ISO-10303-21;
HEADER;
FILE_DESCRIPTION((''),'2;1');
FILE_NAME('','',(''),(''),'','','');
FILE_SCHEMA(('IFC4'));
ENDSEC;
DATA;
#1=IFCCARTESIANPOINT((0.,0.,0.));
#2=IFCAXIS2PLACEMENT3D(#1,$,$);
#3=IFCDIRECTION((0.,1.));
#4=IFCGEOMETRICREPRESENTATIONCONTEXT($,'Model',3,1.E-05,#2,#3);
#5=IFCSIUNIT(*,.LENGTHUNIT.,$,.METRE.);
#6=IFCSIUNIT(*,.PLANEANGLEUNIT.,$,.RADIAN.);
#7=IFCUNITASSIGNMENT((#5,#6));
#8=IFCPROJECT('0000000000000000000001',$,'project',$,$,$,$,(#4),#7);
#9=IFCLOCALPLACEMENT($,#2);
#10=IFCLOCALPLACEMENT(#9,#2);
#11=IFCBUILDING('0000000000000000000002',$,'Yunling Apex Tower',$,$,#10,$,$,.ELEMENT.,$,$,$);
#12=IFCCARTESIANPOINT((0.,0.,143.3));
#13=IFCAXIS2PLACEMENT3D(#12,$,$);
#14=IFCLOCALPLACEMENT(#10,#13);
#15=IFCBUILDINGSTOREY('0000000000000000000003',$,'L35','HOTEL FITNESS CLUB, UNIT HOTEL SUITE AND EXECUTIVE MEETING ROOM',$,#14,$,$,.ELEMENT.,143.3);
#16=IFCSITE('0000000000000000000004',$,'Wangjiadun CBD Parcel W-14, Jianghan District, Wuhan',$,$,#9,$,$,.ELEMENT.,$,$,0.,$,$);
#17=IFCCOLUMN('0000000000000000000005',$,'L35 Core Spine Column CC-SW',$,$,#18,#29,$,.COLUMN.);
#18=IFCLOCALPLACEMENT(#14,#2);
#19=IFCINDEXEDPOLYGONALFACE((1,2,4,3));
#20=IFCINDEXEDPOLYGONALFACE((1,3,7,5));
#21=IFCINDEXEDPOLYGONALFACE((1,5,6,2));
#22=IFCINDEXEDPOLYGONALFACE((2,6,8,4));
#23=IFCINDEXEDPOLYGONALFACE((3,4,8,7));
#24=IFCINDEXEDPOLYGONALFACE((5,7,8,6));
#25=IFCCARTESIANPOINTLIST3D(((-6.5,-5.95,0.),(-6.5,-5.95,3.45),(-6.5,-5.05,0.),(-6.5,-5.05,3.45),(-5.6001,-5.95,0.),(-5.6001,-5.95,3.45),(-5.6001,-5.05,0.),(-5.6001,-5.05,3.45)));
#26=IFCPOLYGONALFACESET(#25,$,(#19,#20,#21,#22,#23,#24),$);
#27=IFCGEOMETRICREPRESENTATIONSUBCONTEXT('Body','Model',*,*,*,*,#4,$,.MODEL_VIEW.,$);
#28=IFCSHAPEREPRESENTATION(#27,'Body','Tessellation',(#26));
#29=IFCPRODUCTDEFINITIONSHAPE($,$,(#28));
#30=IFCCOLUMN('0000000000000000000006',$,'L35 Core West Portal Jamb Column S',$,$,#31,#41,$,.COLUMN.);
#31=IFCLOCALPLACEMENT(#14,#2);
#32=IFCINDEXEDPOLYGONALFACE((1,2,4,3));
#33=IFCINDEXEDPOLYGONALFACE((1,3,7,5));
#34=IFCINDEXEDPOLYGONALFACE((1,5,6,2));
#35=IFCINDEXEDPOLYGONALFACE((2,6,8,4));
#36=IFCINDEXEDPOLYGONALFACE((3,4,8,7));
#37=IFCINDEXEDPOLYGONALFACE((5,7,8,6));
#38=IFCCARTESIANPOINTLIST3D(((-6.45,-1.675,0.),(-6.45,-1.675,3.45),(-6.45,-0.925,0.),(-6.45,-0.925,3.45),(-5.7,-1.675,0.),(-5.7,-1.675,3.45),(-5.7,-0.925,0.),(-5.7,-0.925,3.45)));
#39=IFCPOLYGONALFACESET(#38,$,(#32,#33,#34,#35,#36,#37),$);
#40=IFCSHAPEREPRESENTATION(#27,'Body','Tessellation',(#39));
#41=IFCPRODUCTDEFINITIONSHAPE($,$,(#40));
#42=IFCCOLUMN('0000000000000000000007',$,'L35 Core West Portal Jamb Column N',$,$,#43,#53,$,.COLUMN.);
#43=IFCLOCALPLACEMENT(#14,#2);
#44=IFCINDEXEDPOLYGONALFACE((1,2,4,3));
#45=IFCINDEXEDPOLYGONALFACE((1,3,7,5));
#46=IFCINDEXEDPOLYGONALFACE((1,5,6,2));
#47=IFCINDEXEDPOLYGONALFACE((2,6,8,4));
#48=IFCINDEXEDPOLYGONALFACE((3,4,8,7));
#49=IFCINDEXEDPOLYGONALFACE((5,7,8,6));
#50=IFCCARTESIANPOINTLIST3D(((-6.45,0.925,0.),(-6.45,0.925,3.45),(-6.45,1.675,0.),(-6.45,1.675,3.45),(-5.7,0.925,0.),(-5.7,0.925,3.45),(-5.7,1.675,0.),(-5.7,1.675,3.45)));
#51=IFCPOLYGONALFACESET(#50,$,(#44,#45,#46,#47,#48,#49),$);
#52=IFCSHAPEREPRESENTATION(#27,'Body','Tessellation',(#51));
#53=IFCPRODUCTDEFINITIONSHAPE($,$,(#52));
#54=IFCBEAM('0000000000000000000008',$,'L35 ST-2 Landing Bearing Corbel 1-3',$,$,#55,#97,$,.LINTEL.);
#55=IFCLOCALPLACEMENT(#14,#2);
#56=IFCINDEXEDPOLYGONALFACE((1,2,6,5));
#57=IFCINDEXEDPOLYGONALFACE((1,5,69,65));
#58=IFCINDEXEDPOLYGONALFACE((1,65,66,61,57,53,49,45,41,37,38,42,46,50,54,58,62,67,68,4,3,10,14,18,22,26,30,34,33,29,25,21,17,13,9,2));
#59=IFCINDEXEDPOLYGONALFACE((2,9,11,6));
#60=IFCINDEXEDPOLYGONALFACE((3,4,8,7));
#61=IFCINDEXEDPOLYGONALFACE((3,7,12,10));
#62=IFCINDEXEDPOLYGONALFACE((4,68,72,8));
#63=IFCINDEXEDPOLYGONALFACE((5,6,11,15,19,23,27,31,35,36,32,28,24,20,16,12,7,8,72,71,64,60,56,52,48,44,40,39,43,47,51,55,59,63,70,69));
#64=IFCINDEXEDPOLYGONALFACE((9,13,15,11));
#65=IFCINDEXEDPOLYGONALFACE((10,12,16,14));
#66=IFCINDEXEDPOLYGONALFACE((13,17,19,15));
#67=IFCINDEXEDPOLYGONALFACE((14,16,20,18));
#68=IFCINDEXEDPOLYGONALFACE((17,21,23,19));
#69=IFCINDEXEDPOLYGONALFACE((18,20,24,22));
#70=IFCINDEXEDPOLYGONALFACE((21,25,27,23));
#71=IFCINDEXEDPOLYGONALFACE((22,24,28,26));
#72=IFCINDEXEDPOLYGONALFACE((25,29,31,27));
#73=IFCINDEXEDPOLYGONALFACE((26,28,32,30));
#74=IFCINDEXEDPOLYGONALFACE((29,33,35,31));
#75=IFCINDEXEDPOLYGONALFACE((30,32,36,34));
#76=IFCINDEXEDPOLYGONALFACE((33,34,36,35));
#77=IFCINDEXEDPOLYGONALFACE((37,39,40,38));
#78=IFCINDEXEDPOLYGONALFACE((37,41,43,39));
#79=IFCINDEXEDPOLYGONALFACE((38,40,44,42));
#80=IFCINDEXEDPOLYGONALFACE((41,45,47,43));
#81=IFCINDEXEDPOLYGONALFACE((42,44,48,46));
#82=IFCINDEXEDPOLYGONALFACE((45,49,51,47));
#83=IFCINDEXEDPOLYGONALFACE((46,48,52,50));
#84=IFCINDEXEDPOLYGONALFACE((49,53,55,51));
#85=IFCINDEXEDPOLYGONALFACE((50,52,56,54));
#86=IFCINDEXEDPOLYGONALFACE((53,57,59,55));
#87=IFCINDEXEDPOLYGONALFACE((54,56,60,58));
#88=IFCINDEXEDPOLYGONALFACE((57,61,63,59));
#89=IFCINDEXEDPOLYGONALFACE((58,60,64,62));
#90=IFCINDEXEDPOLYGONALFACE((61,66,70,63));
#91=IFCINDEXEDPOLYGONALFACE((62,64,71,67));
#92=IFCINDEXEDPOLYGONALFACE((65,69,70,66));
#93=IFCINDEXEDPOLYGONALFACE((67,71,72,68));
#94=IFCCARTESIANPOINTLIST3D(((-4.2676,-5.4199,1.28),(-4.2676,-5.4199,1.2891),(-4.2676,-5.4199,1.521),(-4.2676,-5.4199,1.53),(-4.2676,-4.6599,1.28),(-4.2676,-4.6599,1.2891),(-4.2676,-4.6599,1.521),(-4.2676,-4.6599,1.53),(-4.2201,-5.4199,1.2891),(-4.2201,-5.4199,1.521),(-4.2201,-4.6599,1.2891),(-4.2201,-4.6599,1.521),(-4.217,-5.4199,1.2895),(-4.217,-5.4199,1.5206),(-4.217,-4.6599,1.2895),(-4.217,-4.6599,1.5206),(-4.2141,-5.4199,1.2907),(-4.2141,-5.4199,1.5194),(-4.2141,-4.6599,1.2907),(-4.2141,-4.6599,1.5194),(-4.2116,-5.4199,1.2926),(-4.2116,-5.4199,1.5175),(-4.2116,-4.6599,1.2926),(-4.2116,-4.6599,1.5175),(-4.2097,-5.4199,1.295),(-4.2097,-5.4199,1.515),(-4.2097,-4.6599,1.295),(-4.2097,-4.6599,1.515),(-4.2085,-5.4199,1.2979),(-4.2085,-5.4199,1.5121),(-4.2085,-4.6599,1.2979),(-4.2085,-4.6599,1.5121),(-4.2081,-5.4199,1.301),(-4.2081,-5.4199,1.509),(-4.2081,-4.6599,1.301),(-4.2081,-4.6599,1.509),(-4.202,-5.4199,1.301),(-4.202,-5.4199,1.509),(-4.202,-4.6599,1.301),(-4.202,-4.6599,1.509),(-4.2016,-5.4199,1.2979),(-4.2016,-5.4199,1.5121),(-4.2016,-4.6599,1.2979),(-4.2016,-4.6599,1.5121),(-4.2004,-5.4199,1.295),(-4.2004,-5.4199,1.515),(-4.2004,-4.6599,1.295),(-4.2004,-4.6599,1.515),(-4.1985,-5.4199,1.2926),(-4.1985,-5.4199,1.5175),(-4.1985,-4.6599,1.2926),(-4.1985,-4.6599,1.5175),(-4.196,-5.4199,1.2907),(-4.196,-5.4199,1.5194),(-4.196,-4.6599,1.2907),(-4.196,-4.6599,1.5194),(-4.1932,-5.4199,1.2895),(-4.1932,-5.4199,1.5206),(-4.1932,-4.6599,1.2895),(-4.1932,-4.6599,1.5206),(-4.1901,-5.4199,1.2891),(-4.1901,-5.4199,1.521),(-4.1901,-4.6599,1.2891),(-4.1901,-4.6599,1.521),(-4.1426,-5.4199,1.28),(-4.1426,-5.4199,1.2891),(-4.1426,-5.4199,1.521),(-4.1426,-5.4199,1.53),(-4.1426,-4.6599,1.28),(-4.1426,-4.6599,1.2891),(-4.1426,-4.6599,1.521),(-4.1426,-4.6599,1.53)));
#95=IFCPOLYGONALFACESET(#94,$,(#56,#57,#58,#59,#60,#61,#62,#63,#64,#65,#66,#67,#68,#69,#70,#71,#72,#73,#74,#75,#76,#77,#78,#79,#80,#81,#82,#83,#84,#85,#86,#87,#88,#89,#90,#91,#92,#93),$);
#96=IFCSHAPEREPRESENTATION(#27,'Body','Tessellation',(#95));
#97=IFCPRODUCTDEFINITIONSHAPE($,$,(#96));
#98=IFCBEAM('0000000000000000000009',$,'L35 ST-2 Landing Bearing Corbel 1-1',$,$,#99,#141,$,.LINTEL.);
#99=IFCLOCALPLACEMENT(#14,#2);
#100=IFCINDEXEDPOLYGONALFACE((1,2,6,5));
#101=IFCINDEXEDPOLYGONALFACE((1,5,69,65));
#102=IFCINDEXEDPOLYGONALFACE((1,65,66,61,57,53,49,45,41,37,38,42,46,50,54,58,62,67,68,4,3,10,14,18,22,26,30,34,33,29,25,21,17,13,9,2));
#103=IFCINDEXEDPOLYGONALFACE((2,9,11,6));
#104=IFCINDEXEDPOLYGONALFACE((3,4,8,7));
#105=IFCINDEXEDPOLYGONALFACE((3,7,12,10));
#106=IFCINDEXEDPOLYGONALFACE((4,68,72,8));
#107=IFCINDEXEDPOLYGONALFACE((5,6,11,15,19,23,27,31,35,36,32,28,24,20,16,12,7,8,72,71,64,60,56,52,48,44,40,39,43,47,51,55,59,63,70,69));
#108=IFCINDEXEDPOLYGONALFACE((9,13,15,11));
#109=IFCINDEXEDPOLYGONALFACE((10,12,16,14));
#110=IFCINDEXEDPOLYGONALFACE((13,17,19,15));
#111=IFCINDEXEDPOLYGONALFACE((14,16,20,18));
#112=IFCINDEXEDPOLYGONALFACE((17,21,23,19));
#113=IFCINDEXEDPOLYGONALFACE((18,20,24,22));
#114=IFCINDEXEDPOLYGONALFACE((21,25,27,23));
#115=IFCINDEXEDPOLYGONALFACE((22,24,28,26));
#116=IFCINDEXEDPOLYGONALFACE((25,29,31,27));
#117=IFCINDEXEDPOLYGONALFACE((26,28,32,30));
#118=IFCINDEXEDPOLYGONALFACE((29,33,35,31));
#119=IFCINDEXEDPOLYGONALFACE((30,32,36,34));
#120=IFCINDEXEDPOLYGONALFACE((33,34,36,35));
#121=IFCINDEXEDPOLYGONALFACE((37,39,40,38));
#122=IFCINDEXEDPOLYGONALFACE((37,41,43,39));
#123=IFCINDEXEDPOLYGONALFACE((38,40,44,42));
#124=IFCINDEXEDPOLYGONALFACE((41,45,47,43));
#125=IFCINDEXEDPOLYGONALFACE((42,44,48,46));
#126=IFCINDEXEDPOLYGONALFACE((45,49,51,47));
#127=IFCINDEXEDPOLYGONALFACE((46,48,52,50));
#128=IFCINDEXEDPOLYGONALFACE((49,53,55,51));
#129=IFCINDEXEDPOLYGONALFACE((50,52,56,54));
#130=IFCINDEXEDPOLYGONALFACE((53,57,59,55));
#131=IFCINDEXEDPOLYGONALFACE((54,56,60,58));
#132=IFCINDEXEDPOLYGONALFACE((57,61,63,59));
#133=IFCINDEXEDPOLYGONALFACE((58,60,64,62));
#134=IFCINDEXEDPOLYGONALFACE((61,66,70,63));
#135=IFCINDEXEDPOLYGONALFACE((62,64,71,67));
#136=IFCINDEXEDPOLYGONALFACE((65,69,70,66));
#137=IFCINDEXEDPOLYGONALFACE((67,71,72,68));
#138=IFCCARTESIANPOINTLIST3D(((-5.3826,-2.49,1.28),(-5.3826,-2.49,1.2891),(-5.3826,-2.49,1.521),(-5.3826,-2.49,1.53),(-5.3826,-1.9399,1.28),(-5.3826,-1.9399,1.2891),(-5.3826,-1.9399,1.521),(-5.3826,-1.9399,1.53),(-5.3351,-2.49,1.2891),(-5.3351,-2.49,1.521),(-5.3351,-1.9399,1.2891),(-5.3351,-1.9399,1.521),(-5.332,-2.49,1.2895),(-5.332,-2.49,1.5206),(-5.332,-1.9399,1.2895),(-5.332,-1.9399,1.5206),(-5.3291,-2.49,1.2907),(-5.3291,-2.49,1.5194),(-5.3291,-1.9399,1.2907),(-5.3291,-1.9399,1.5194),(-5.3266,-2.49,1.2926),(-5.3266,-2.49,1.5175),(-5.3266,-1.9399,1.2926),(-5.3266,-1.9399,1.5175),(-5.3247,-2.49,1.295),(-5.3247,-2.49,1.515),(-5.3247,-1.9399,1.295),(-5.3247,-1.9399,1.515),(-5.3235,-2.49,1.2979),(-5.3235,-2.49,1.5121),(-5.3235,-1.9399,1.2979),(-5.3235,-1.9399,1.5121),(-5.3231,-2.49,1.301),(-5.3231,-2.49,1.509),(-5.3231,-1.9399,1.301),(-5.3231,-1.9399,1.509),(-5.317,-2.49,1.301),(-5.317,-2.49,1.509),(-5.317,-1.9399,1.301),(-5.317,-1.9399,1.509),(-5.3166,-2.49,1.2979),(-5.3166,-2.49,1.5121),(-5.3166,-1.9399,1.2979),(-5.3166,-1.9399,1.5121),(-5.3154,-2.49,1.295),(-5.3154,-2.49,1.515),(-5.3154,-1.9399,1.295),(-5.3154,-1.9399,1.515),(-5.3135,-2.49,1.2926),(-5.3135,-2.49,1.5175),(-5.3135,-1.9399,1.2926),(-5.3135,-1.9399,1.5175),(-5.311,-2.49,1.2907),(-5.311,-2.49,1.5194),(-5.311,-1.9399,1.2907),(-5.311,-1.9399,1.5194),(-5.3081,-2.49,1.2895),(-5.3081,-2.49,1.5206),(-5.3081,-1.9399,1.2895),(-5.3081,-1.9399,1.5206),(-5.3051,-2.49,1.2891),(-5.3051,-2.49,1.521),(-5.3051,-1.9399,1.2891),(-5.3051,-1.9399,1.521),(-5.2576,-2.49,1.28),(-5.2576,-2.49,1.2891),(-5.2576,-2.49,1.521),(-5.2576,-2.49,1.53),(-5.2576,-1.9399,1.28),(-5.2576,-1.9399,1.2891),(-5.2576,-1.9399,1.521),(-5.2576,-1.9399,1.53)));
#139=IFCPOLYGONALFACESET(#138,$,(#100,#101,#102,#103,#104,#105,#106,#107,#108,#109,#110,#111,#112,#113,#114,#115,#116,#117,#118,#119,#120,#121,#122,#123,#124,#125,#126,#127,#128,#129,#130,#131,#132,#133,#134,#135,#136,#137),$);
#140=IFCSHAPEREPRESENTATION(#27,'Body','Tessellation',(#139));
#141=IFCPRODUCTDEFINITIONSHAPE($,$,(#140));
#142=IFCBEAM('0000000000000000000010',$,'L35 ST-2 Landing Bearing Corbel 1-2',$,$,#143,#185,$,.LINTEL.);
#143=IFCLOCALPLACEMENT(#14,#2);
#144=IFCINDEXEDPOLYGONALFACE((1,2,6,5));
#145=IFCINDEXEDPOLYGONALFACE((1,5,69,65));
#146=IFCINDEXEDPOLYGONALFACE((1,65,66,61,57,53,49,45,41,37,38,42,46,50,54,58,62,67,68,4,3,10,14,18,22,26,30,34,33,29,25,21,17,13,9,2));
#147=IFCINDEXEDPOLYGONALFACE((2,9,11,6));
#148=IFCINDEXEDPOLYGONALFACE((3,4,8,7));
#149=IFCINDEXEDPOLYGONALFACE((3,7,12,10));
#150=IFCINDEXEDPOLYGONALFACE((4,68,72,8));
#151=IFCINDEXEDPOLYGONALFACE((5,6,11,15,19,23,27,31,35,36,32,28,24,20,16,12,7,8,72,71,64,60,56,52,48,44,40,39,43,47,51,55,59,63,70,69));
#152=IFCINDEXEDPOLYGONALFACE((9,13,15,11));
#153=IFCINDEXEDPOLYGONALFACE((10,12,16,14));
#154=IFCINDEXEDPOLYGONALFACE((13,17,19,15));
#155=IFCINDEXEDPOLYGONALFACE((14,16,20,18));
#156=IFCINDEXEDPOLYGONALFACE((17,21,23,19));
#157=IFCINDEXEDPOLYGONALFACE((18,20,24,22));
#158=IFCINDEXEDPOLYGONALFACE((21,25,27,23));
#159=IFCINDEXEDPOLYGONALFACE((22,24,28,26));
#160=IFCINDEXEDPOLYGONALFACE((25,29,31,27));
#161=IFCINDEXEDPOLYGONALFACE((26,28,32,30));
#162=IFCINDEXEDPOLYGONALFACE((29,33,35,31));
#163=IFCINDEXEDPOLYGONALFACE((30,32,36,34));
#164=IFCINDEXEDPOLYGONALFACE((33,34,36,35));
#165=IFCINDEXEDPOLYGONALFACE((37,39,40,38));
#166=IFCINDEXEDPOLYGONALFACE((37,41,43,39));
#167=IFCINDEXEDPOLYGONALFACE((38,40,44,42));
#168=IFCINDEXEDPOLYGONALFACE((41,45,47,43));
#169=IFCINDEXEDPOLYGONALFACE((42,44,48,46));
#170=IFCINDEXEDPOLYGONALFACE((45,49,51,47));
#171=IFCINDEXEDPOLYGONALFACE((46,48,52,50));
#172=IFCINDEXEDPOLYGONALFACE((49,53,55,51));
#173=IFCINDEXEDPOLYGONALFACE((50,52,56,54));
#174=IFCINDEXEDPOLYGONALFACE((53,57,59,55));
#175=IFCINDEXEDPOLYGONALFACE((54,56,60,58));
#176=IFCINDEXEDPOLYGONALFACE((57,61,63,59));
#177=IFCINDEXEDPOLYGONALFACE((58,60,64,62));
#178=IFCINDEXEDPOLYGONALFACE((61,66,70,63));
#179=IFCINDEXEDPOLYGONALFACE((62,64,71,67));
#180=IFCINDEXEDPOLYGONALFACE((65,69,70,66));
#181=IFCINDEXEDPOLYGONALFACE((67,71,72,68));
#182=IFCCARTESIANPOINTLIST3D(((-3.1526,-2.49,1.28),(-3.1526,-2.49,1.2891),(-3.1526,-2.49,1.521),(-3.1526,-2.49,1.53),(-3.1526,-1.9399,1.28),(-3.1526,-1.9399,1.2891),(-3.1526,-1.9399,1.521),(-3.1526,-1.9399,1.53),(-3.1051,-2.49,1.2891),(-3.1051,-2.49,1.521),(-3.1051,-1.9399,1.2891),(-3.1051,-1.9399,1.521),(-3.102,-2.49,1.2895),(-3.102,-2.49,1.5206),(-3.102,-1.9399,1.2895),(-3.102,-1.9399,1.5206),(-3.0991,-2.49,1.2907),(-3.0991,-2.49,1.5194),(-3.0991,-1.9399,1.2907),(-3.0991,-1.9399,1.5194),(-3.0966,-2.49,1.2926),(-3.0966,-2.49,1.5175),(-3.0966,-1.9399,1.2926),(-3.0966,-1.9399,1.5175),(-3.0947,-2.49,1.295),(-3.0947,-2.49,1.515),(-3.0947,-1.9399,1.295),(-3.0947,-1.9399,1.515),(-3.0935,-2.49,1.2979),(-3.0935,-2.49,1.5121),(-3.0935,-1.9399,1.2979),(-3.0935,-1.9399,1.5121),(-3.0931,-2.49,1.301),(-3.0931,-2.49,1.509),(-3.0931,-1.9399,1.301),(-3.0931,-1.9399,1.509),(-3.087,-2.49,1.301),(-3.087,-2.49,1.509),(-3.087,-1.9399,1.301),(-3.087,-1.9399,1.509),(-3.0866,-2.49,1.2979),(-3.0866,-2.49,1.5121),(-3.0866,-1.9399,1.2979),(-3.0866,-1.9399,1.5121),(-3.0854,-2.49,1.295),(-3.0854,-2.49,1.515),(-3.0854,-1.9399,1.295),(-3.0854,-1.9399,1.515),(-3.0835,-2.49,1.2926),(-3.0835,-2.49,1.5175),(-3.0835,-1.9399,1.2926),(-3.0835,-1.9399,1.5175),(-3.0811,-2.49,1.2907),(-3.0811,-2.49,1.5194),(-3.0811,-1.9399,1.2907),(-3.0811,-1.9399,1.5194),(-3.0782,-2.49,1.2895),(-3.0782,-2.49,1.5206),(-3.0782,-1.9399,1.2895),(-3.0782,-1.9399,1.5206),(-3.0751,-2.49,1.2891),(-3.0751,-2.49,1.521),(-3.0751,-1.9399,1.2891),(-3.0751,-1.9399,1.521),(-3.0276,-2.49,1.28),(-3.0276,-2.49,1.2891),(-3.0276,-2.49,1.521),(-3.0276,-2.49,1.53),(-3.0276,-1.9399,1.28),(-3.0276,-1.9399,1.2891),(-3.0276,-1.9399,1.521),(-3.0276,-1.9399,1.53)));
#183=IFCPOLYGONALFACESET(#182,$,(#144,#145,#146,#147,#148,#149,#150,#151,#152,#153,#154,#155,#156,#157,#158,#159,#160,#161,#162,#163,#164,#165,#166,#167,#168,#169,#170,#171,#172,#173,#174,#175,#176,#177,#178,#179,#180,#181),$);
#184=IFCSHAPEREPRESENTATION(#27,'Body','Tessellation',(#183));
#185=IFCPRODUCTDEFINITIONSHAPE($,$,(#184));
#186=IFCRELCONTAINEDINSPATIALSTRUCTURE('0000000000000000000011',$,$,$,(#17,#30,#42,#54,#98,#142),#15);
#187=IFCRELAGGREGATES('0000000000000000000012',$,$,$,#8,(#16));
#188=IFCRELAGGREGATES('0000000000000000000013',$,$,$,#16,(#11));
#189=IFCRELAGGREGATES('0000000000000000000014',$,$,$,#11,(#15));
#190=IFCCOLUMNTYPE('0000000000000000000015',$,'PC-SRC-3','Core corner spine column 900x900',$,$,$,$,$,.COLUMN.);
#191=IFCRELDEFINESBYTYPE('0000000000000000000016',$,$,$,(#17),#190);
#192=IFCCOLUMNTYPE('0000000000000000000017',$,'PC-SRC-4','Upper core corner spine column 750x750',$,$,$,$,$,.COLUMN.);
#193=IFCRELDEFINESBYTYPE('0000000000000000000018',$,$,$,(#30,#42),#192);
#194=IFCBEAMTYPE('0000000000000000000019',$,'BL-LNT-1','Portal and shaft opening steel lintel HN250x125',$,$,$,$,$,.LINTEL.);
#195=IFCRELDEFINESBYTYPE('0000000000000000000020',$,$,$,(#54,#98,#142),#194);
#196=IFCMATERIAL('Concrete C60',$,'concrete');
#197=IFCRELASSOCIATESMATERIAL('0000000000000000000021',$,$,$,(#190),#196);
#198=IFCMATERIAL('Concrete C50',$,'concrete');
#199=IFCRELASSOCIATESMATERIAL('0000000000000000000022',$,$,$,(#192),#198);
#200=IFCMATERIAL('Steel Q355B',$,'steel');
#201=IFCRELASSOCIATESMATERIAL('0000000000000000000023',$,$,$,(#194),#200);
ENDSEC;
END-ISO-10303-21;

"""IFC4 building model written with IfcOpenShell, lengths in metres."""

from ifc_helpers import new_model, si_unit, direction, frame, origin, origin_2d, place, context, subcontext, project, spatial, rectangle, i_section, extrude, source, transform, mapped, material, material_profile, profile_set, type_object, element, save


model = new_model("IFC4")

# Units and contexts
model_context = context("Model", 3, precision=1e-05, world=origin(), true_north=direction((0.0, 1.0)))
body_context = subcontext(model_context, "Body", "Model", "MODEL_VIEW")
ifc_project = project(units=[si_unit("LENGTHUNIT", "METRE"), si_unit("PLANEANGLEUNIT", "RADIAN")], contexts=[model_context])

# Site, building, storey
site_placement = place(None, origin())
site = spatial("IfcSite", under=ifc_project, at=site_placement, Name="Wangjiadun CBD Parcel W-14, Jianghan District, Wuhan", CompositionType="ELEMENT", RefElevation=0.0)
building_placement = place(site_placement, origin())
building = spatial("IfcBuilding", under=site, at=building_placement, Name="Yunling Apex Tower", CompositionType="ELEMENT")
storey_placement = place(building_placement, frame((0.0, 0.0, 143.3)))
storey = spatial("IfcBuildingStorey", under=building, at=storey_placement, Name="L35", Description="HOTEL FITNESS CLUB, UNIT HOTEL SUITE AND EXECUTIVE MEETING ROOM", CompositionType="ELEMENT", Elevation=143.3)

# Columns
ifc_material_1 = material(Name="Concrete C60", Category="concrete")
ifc_material_profile_1 = material_profile(ifc_material_1, rectangle(XDim=0.8999, YDim=0.8999, at=origin_2d()))
ifc_profile_set_1 = profile_set([ifc_material_profile_1], Name="Concrete C60")
column_type_1 = type_object("IfcColumnType", Name="PC-SRC-3", Description="Core corner spine column 900x900", PredefinedType="COLUMN", material=ifc_profile_set_1)
shared_shape_1 = source(origin(), body_context, "Body", "SweptSolid", [
    extrude(rectangle(XDim=0.8999, YDim=0.8999, at=origin_2d()), origin(), (0.0, 0.0, 1.0), 3.45),
])
column_placement = place(storey_placement, frame((-6.05, -5.5, 0.0), z_axis=(0.0, 0.0, 1.0), x_axis=(1.0, 0.0, 0.0)))
element("IfcColumn", 1, at=column_placement, inside=storey, type_object=column_type_1, Name="L35 Core Spine Column CC-SW", PredefinedType="COLUMN", context=body_context, shape_type="MappedRepresentation", body=[
    mapped(shared_shape_1, transform((0.0, 0.0, 0.0), scale=1.0)),
])
ifc_material_2 = material(Name="Concrete C50", Category="concrete")
ifc_material_profile_2 = material_profile(ifc_material_2, rectangle(XDim=0.75, YDim=0.75, at=origin_2d()))
ifc_profile_set_2 = profile_set([ifc_material_profile_2], Name="Concrete C50")
column_type_2 = type_object("IfcColumnType", Name="PC-SRC-4", Description="Upper core corner spine column 750x750", PredefinedType="COLUMN", material=ifc_profile_set_2)
shared_shape_2 = source(origin(), body_context, "Body", "SweptSolid", [
    extrude(rectangle(XDim=0.75, YDim=0.75, at=origin_2d()), origin(), (0.0, 0.0, 1.0), 3.45),
])
for number, where, z_axis, x_axis, name in (
    (2, (-6.075, -1.3, 0.0), (0.0, 0.0, 1.0), (1.0, 0.0, 0.0), "L35 Core West Portal Jamb Column S"),
    (3, (-6.075, 1.3, 0.0), (0.0, 0.0, 1.0), (1.0, 0.0, 0.0), "L35 Core West Portal Jamb Column N"),
):
    element("IfcColumn", number, at=place(storey_placement, frame(where, z_axis=z_axis, x_axis=x_axis)), inside=storey, type_object=column_type_2, Name=name, PredefinedType="COLUMN", context=body_context, shape_type="MappedRepresentation", body=[
        mapped(shared_shape_2, transform((0.0, 0.0, 0.0), scale=1.0)),
    ])

# Beams
ifc_material_3 = material(Name="Steel Q355B", Category="steel")
ifc_material_profile_3 = material_profile(ifc_material_3, i_section(OverallWidth=0.125, OverallDepth=0.25, WebThickness=0.0061, FlangeThickness=0.009, FilletRadius=0.012, at=origin_2d()))
ifc_profile_set_3 = profile_set([ifc_material_profile_3], Name="Steel Q355B")
beam_type_1 = type_object("IfcBeamType", Name="BL-LNT-1", Description="Portal and shaft opening steel lintel HN250x125", PredefinedType="LINTEL", material=ifc_profile_set_3)
shared_shape_3 = source(origin(), body_context, "Body", "SweptSolid", [
    extrude(i_section(OverallWidth=0.125, OverallDepth=0.25, WebThickness=0.0061, FlangeThickness=0.009, FilletRadius=0.012, at=origin_2d()), origin(), (0.0, 0.0, 1.0), 0.76),
])
beam_1_placement = place(storey_placement, frame((-4.2051, -5.4199, 1.405), z_axis=(0.0, 1.0, 0.0), x_axis=(-1.0, 0.0, 0.0)))
element("IfcBeam", 4, at=beam_1_placement, inside=storey, type_object=beam_type_1, Name="L35 ST-2 Landing Bearing Corbel 1-3", PredefinedType="LINTEL", context=body_context, shape_type="MappedRepresentation", body=[
    mapped(shared_shape_3, transform((0.0, 0.0, 0.0), scale=1.0)),
])
shared_shape_4 = source(origin(), body_context, "Body", "SweptSolid", [
    extrude(i_section(OverallWidth=0.125, OverallDepth=0.25, WebThickness=0.0061, FlangeThickness=0.009, FilletRadius=0.012, at=origin_2d()), origin(), (0.0, 0.0, 1.0), 0.55),
])
for number, where, z_axis, x_axis, name in (
    (5, (-5.3201, -1.9399, 1.405), (0.0, -1.0, 0.0), (1.0, 0.0, 0.0), "L35 ST-2 Landing Bearing Corbel 1-1"),
    (6, (-3.0901, -1.9399, 1.405), (0.0, -1.0, 0.0), (1.0, 0.0, 0.0), "L35 ST-2 Landing Bearing Corbel 1-2"),
):
    element("IfcBeam", number, at=place(storey_placement, frame(where, z_axis=z_axis, x_axis=x_axis)), inside=storey, type_object=beam_type_1, Name=name, PredefinedType="LINTEL", context=body_context, shape_type="MappedRepresentation", body=[
        mapped(shared_shape_4, transform((0.0, 0.0, 0.0), scale=1.0)),
    ])

save(model, "model.ifc")
